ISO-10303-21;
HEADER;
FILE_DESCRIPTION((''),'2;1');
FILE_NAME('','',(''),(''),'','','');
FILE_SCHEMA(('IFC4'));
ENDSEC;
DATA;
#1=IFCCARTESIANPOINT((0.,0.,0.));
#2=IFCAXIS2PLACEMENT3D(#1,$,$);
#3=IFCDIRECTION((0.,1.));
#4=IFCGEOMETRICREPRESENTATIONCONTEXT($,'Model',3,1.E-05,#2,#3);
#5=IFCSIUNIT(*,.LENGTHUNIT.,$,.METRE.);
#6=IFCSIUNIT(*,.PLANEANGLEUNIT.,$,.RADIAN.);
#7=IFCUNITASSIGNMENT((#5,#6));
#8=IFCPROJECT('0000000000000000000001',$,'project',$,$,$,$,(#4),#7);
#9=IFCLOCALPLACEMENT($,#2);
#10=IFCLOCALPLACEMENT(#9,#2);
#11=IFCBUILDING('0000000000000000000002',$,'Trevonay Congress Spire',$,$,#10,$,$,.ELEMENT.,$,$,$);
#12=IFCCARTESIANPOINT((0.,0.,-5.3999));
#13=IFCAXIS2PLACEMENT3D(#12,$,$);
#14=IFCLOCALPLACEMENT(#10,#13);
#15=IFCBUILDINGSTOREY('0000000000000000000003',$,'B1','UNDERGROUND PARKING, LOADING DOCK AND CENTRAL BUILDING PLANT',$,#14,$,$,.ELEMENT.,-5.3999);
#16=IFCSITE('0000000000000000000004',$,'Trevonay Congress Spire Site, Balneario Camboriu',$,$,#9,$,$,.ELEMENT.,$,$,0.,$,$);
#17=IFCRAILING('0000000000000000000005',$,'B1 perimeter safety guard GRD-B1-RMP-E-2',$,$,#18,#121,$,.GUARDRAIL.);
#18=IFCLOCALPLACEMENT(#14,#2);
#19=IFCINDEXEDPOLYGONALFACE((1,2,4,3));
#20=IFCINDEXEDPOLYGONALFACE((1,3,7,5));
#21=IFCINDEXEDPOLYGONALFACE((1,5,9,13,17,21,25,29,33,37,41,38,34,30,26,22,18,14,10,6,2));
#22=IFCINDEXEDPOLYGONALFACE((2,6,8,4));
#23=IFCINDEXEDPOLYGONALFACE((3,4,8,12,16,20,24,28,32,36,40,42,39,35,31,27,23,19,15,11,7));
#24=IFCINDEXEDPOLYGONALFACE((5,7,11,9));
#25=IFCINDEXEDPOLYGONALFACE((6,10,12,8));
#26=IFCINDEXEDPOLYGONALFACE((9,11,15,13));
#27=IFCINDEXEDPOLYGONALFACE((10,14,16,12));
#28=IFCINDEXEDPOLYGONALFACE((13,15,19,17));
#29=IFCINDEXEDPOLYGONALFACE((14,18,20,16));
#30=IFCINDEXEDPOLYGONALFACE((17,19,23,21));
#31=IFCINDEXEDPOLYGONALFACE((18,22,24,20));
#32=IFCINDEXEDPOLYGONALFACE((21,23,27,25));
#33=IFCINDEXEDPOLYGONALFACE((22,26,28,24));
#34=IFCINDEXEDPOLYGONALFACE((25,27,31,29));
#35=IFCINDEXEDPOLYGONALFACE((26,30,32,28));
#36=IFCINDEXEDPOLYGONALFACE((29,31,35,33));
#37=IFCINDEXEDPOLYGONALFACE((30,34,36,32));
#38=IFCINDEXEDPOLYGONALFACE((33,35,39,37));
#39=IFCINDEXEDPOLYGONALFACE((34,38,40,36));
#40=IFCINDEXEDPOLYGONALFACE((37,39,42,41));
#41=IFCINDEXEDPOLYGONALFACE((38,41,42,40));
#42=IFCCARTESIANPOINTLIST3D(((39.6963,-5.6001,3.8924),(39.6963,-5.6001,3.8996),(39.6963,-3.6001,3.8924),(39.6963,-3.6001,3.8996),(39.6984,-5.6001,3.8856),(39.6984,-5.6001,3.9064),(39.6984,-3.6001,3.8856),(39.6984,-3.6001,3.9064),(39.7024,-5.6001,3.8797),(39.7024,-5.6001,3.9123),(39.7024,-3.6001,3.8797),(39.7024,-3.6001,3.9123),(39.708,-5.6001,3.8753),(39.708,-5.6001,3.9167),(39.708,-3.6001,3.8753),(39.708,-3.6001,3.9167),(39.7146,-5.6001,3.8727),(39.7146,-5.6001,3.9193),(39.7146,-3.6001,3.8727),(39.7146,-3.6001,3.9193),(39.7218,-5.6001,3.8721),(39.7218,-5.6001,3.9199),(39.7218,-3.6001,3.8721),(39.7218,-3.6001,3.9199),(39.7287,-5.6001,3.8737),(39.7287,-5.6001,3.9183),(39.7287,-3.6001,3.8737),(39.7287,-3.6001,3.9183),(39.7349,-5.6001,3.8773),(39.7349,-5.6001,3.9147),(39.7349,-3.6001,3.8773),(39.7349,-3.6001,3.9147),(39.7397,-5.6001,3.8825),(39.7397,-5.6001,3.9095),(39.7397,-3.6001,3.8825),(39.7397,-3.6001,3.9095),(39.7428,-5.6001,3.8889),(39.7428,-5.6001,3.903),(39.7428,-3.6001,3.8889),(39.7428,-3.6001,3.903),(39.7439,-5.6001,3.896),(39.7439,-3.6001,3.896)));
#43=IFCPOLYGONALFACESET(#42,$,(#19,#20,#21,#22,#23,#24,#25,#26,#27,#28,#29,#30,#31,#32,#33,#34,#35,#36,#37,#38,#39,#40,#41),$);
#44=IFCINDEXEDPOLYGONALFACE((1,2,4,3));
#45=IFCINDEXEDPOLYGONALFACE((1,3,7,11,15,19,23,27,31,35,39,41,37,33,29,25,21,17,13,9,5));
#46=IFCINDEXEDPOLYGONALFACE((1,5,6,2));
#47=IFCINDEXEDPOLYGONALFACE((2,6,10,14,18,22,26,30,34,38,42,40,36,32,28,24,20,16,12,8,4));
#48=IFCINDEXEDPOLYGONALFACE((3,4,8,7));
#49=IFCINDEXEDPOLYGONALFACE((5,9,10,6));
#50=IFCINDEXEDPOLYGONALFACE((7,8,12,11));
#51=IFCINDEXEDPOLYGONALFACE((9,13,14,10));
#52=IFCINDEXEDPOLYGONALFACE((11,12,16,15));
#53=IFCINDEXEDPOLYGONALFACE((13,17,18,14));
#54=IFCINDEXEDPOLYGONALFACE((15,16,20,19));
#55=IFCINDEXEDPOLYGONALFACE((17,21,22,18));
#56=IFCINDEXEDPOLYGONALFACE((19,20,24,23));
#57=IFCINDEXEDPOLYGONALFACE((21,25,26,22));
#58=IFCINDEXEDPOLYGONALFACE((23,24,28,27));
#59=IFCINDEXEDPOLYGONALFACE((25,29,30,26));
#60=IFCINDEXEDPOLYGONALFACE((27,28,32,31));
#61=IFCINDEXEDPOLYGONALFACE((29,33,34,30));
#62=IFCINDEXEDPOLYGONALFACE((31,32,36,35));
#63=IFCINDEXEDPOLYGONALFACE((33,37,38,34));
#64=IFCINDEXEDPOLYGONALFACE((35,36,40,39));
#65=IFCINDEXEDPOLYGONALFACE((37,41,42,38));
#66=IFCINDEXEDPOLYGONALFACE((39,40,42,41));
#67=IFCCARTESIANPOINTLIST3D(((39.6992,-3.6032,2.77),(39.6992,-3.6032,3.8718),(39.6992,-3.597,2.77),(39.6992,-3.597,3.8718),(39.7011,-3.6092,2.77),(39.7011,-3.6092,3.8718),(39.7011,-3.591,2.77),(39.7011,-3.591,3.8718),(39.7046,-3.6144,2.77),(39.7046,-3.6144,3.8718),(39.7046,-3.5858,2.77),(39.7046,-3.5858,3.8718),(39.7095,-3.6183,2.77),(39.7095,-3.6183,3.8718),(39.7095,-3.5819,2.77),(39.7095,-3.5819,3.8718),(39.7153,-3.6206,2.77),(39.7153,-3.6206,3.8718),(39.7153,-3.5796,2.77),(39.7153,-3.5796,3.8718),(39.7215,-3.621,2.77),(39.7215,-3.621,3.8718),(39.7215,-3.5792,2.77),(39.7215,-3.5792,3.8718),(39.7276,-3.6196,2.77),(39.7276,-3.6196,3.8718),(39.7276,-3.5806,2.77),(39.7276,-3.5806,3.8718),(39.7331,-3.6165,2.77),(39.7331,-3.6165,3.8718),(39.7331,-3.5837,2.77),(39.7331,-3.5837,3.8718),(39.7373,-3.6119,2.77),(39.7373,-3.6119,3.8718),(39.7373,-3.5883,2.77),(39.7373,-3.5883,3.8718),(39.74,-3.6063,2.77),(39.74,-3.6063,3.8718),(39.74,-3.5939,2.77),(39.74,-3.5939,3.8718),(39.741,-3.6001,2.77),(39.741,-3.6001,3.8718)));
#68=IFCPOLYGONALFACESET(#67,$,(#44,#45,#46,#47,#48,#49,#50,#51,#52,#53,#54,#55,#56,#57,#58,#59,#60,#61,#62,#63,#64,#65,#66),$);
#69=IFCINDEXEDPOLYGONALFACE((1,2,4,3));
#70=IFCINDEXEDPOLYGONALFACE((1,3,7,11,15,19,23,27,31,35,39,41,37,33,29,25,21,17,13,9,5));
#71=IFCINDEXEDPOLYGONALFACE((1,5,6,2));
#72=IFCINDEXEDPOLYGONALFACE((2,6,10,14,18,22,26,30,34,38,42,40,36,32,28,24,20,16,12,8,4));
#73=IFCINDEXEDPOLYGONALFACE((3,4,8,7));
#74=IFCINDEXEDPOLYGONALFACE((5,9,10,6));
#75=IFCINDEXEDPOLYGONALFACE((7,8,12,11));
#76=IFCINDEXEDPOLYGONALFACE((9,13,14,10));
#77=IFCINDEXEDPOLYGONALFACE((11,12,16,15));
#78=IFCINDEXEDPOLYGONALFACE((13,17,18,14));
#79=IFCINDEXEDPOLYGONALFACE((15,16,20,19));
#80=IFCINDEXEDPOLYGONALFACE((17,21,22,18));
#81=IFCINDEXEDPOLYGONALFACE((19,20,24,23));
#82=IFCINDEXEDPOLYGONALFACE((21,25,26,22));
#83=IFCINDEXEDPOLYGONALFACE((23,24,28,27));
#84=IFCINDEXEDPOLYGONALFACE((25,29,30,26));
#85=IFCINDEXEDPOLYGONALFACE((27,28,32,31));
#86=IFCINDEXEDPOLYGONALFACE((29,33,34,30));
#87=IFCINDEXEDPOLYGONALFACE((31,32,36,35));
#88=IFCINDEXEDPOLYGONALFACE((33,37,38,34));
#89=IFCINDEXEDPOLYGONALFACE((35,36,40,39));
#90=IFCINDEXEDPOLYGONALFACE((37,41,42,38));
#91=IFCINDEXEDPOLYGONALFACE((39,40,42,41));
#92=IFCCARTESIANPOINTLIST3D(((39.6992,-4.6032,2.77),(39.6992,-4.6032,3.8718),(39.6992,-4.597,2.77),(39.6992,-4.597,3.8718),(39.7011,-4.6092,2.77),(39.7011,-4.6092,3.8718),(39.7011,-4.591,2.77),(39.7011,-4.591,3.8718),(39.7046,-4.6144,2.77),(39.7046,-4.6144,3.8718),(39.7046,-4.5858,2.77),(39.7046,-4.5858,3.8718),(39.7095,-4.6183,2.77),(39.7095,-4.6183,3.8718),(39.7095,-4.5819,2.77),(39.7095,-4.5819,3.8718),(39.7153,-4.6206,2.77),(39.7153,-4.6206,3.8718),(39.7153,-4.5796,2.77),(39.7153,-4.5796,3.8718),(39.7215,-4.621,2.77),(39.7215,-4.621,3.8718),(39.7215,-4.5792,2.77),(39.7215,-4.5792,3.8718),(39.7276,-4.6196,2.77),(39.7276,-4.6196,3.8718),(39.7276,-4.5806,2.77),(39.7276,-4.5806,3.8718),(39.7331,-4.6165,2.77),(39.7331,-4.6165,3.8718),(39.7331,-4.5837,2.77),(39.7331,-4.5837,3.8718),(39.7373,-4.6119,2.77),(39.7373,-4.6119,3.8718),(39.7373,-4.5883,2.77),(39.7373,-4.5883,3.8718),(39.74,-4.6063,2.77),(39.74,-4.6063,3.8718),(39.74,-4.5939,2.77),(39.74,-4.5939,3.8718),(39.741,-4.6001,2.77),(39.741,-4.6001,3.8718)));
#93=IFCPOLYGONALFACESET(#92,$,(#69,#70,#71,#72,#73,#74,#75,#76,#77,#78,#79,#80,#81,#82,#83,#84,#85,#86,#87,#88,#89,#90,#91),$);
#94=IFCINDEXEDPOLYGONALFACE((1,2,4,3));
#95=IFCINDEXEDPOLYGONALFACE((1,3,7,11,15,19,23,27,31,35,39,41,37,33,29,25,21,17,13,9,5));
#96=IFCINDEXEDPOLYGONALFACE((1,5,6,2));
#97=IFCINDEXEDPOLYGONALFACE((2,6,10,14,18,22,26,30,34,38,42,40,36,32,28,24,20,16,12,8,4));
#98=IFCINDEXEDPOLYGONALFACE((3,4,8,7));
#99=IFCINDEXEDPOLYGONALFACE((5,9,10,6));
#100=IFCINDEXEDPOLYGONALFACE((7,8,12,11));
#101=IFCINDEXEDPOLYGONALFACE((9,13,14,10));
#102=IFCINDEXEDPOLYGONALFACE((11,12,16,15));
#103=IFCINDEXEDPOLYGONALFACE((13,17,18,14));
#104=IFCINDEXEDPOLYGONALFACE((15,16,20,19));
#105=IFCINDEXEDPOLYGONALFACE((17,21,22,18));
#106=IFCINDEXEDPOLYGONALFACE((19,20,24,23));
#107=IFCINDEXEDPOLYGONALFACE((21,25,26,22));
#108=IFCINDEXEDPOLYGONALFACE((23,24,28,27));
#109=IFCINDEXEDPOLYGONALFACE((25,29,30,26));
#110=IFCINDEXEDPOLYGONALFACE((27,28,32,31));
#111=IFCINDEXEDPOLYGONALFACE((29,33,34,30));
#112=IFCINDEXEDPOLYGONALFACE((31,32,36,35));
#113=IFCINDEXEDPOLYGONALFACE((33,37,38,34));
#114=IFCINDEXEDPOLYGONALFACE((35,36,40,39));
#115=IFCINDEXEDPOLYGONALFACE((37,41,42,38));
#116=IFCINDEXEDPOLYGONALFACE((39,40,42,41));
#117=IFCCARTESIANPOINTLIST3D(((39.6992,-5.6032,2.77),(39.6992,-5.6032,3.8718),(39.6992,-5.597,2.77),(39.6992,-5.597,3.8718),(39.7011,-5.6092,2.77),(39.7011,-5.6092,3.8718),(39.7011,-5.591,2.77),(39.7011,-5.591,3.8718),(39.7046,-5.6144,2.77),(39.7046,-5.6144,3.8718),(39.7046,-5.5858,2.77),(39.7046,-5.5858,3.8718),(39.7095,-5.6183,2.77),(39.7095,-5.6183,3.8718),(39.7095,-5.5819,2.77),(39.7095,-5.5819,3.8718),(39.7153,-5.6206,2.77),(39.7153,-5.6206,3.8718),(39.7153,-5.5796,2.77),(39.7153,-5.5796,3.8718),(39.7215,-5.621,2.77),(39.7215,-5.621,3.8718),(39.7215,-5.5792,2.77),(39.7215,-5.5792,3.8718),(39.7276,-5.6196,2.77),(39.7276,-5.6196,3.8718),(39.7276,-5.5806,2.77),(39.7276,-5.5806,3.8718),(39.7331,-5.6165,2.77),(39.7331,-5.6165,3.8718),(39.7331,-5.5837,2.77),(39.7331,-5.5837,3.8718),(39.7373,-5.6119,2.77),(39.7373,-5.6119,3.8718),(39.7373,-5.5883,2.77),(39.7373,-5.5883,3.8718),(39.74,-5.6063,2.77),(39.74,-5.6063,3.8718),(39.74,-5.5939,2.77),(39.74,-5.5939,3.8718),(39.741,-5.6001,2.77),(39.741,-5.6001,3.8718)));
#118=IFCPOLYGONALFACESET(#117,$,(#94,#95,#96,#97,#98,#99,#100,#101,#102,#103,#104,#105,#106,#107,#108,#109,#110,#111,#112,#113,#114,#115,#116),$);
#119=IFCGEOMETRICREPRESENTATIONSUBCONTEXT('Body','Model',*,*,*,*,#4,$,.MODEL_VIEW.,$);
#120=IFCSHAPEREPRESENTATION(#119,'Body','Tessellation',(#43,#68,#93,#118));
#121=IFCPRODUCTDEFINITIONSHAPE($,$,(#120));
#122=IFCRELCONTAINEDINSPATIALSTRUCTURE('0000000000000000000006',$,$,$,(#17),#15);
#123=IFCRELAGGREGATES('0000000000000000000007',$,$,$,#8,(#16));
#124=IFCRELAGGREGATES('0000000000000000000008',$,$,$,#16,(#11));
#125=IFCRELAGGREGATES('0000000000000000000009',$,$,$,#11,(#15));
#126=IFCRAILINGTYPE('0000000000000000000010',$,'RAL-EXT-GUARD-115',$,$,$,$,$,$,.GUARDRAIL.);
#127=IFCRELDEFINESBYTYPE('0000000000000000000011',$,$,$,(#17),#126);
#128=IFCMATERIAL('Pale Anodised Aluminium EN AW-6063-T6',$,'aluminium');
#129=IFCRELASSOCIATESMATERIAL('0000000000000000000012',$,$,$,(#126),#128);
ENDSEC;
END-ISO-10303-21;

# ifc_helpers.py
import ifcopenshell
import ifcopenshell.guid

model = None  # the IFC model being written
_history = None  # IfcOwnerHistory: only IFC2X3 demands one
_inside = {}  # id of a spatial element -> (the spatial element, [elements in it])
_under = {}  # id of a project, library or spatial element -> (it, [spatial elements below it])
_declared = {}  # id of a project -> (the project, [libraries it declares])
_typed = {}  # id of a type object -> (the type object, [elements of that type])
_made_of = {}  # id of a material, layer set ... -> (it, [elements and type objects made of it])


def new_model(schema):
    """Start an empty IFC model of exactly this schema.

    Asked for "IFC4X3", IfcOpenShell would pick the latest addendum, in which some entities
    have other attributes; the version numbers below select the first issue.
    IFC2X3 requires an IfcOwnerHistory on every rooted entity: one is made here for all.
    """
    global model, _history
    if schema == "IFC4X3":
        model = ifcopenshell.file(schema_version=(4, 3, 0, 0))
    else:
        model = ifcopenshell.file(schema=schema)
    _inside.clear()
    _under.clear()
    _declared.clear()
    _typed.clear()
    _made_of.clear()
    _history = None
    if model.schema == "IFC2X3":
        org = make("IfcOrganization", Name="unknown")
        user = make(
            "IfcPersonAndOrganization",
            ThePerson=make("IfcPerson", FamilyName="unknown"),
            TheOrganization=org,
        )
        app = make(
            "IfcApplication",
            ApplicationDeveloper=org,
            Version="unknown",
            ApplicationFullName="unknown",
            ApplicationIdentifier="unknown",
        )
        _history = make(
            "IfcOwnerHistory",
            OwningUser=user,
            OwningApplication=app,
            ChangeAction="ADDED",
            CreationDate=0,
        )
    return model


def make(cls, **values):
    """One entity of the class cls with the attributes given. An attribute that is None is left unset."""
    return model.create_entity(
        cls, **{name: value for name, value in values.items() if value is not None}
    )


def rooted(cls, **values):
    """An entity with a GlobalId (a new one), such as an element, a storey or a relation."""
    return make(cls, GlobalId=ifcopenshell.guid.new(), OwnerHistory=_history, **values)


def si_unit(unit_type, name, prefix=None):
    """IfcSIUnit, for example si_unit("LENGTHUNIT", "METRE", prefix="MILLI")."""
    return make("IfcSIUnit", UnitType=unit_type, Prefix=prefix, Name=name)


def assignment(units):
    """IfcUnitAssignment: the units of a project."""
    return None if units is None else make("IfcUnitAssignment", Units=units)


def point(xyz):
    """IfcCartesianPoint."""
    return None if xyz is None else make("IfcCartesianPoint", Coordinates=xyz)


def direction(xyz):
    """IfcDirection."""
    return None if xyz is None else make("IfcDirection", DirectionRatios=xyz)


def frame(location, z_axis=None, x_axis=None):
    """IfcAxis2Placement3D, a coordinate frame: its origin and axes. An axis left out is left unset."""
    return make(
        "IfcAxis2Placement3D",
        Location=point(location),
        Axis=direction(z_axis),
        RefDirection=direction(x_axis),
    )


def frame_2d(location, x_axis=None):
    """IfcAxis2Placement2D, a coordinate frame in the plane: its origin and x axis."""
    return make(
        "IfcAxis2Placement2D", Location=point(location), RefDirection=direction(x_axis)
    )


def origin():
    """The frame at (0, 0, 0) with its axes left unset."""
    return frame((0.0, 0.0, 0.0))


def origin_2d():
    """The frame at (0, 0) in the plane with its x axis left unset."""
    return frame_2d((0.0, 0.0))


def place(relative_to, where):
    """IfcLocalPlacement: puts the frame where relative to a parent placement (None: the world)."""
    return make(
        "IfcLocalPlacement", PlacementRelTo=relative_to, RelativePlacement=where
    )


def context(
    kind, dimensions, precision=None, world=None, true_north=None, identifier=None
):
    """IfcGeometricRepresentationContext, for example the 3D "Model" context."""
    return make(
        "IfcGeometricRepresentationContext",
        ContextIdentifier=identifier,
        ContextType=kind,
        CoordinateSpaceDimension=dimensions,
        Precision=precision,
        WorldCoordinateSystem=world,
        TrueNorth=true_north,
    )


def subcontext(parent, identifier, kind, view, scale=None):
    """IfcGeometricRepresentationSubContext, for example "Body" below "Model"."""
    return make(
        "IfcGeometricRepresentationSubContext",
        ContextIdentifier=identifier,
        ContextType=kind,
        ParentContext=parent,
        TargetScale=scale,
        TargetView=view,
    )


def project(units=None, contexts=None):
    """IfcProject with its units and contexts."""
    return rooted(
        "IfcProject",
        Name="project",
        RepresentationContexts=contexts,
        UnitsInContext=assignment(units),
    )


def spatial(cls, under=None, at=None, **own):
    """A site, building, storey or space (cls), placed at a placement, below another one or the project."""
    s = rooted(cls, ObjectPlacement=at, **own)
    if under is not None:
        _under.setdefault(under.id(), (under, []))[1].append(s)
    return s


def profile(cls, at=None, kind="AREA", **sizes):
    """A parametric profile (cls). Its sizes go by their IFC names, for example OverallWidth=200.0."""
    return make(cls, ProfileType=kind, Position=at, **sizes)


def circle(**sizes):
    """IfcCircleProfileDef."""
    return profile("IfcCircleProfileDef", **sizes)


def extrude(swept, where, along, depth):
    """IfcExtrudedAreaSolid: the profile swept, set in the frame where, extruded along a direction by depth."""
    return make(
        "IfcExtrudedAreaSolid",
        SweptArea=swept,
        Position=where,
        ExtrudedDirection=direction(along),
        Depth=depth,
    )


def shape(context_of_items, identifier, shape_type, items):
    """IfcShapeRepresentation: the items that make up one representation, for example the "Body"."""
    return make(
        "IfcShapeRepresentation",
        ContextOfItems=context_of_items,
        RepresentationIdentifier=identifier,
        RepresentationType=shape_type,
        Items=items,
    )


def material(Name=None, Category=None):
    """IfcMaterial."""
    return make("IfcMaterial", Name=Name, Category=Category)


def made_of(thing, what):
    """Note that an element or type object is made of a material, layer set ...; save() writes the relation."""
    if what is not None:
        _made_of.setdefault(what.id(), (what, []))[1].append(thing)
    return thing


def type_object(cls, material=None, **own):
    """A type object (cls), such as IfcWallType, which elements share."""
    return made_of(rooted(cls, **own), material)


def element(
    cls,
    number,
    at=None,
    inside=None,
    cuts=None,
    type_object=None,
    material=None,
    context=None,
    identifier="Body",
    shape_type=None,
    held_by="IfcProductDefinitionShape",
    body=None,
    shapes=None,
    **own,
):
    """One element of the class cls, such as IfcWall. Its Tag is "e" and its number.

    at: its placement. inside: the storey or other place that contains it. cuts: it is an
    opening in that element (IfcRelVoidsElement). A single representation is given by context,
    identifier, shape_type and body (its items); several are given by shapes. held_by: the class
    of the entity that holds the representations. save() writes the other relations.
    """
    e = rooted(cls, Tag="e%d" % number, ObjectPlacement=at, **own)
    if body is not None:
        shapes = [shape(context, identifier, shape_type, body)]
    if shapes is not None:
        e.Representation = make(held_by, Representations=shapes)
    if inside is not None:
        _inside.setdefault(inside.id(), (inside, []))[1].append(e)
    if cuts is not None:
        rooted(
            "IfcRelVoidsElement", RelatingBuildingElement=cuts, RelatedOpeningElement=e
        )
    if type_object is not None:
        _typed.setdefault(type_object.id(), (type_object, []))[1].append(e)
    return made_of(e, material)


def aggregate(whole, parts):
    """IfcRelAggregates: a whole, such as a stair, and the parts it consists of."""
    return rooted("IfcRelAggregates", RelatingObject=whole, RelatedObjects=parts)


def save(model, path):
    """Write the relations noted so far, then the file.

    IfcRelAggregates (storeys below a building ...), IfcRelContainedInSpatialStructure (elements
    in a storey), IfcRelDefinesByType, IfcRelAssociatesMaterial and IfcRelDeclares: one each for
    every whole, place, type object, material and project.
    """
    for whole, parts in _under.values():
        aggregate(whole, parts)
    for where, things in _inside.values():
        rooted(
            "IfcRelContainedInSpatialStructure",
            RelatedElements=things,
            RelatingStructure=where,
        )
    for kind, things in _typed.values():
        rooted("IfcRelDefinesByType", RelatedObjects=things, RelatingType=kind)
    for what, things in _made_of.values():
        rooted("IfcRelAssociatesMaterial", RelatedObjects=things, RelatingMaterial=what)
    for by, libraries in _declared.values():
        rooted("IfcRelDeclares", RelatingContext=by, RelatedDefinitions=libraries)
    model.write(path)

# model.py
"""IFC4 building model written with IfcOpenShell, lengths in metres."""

from ifc_helpers import new_model, si_unit, direction, frame, origin, origin_2d, place, context, subcontext, project, spatial, circle, extrude, material, type_object, element, save


model = new_model("IFC4")

# Units and contexts
model_context = context("Model", 3, precision=1e-05, world=origin(), true_north=direction((0.0, 1.0)))
body_context = subcontext(model_context, "Body", "Model", "MODEL_VIEW")
ifc_project = project(units=[si_unit("LENGTHUNIT", "METRE"), si_unit("PLANEANGLEUNIT", "RADIAN")], contexts=[model_context])

# Site, building, storey
site_placement = place(None, origin())
site = spatial("IfcSite", under=ifc_project, at=site_placement, Name="Trevonay Congress Spire Site, Balneario Camboriu", CompositionType="ELEMENT", RefElevation=0.0)
building_placement = place(site_placement, origin())
building = spatial("IfcBuilding", under=site, at=building_placement, Name="Trevonay Congress Spire", CompositionType="ELEMENT")
storey_placement = place(building_placement, frame((0.0, 0.0, -5.3999)))
storey = spatial("IfcBuildingStorey", under=building, at=storey_placement, Name="B1", Description="UNDERGROUND PARKING, LOADING DOCK AND CENTRAL BUILDING PLANT", CompositionType="ELEMENT", Elevation=-5.3999)

# Railing
ifc_material_1 = material(Name="Pale Anodised Aluminium EN AW-6063-T6", Category="aluminium")
railing_type_1 = type_object("IfcRailingType", Name="RAL-EXT-GUARD-115", PredefinedType="GUARDRAIL", material=ifc_material_1)
railing_1_placement = place(storey_placement, frame((39.72, -3.6001, 2.77)))
element("IfcRailing", 1, at=railing_1_placement, inside=storey, type_object=railing_type_1, Name="B1 perimeter safety guard GRD-B1-RMP-E-2", PredefinedType="GUARDRAIL", context=body_context, shape_type="SweptSolid", body=[
    extrude(circle(Radius=0.0239, at=origin_2d()), frame((0.0, 0.0, 1.126), z_axis=(0.0, -1.0, 0.0), x_axis=(1.0, 0.0, 0.0)), (0.0, 0.0, 1.0), 2.0),
    extrude(circle(Radius=0.021, at=origin_2d()), origin(), (0.0, 0.0, 1.0), 1.1018),
    extrude(circle(Radius=0.021, at=origin_2d()), frame((0.0, -1.0, 0.0)), (0.0, 0.0, 1.0), 1.1018),
    extrude(circle(Radius=0.021, at=origin_2d()), frame((0.0, -2.0, 0.0)), (0.0, 0.0, 1.0), 1.1018),
])

save(model, "model.ifc")
